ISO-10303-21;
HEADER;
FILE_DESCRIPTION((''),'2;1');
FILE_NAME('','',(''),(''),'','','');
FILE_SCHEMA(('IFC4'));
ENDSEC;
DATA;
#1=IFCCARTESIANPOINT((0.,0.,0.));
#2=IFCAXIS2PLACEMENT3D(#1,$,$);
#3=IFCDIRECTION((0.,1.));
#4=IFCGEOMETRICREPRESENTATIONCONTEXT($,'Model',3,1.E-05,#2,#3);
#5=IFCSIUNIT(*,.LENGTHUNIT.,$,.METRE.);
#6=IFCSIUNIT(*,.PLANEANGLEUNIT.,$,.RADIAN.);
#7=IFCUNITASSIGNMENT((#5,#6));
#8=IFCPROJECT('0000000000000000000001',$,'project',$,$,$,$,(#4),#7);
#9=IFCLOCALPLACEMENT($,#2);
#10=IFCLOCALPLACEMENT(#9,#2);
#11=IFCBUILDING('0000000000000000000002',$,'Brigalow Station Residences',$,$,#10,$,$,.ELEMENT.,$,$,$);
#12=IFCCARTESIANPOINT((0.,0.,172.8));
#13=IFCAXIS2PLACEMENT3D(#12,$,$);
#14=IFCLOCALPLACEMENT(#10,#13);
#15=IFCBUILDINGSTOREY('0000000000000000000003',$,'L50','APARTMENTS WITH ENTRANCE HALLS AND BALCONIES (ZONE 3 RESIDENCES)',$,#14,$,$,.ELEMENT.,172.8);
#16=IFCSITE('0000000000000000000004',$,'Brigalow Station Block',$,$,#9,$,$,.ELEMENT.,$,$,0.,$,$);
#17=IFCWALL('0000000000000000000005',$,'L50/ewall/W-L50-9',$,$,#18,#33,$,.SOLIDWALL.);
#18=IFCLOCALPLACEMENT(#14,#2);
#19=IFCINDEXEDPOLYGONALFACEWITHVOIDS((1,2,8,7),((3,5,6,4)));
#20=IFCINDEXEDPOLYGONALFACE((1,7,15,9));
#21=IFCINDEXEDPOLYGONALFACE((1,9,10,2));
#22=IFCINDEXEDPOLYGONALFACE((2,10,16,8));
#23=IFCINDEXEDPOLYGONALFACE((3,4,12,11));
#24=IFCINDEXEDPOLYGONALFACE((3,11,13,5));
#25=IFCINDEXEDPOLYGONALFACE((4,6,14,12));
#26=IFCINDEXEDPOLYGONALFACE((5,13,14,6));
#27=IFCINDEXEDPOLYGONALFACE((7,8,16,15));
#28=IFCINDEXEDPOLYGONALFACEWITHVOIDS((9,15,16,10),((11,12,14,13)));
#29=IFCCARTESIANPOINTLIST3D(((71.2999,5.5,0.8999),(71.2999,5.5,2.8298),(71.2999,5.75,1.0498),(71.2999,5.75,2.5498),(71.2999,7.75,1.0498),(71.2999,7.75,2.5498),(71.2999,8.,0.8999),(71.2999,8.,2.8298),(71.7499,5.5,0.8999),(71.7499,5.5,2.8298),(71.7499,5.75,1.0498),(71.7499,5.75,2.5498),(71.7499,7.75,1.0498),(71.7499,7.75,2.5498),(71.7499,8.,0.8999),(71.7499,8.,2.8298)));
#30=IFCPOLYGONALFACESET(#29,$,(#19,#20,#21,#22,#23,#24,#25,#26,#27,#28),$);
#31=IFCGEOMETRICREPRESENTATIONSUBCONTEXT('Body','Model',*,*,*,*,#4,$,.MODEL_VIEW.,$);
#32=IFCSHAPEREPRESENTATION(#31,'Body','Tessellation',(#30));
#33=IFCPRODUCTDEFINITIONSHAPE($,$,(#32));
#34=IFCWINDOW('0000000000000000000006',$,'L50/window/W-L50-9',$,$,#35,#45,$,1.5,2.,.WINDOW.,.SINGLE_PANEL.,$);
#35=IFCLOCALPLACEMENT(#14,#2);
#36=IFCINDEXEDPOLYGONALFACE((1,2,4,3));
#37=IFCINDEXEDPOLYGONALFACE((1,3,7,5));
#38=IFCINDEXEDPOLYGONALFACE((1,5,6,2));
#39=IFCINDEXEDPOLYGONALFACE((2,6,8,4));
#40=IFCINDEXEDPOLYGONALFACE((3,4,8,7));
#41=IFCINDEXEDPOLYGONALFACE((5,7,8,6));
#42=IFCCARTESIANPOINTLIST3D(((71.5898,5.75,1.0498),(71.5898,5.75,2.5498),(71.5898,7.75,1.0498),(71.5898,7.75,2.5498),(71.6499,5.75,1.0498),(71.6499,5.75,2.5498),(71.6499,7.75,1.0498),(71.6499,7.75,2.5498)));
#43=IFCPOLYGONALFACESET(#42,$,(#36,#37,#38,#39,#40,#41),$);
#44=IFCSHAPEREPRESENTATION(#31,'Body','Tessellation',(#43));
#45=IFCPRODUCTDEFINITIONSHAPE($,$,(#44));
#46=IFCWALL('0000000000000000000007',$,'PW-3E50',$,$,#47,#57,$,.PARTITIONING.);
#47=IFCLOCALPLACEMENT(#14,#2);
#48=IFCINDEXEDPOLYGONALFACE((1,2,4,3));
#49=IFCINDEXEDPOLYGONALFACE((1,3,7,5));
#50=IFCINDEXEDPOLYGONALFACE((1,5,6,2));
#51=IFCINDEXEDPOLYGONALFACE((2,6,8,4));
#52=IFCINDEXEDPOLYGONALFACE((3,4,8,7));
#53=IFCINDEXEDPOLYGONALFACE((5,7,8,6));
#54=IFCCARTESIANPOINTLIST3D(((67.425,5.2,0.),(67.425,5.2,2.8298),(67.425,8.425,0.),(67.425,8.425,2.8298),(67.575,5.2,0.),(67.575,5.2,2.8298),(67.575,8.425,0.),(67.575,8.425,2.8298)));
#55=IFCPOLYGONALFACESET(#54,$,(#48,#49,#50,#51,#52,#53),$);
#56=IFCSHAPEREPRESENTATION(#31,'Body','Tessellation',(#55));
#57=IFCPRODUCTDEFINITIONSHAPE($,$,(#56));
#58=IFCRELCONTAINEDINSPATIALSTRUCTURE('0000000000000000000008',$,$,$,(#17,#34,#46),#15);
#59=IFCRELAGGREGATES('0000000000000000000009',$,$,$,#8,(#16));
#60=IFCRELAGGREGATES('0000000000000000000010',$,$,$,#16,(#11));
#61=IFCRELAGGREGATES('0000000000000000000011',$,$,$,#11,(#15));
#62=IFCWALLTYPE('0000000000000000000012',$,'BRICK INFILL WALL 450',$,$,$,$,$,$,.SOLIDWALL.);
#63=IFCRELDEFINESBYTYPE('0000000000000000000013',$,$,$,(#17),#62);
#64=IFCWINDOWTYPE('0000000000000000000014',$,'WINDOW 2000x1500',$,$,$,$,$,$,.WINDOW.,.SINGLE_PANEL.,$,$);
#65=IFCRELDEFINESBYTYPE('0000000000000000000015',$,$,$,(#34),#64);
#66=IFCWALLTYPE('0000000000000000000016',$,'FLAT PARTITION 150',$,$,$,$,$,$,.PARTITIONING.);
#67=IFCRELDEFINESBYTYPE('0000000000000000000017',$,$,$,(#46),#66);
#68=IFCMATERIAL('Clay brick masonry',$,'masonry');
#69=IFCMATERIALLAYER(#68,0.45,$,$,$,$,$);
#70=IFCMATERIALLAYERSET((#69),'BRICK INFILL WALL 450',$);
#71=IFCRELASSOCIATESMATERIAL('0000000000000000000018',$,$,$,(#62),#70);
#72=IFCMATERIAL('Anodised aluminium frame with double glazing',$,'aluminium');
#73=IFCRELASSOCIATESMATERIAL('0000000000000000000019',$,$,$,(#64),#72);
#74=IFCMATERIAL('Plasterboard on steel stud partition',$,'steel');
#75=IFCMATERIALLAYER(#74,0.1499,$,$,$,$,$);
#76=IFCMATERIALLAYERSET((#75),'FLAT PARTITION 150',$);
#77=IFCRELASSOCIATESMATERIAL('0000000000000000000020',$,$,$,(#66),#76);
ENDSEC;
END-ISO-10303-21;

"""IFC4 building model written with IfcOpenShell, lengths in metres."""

from ifc_helpers import new_model, si_unit, direction, frame, frame_2d, origin, place, context, subcontext, project, spatial, rectangle, extrude, material, layer, layer_set, type_object, element, fill, save


model = new_model("IFC4")

# Units and contexts
model_context = context("Model", 3, precision=1e-05, world=origin(), true_north=direction((0.0, 1.0)))
body_context = subcontext(model_context, "Body", "Model", "MODEL_VIEW")
ifc_project = project(units=[si_unit("LENGTHUNIT", "METRE"), si_unit("PLANEANGLEUNIT", "RADIAN")], contexts=[model_context])

# Site, building, storey
site_placement = place(None, origin())
site = spatial("IfcSite", under=ifc_project, at=site_placement, Name="Brigalow Station Block", CompositionType="ELEMENT", RefElevation=0.0)
building_placement = place(site_placement, origin())
building = spatial("IfcBuilding", under=site, at=building_placement, Name="Brigalow Station Residences", CompositionType="ELEMENT")
storey_placement = place(building_placement, frame((0.0, 0.0, 172.8)))
storey = spatial("IfcBuildingStorey", under=building, at=storey_placement, Name="L50", Description="APARTMENTS WITH ENTRANCE HALLS AND BALCONIES (ZONE 3 RESIDENCES)", CompositionType="ELEMENT", Elevation=172.8)

# Wall, opening, window
ifc_material_1 = material(Name="Clay brick masonry", Category="masonry")
ifc_layer_1 = layer(ifc_material_1, 0.45)
ifc_layer_set_1 = layer_set([ifc_layer_1], Name="BRICK INFILL WALL 450")
wall_type_1 = type_object("IfcWallType", Name="BRICK INFILL WALL 450", PredefinedType="SOLIDWALL", material=ifc_layer_set_1)
wall_1_placement = place(storey_placement, frame((71.5249, 5.5, 0.8999), z_axis=(0.0, 0.0, 1.0), x_axis=(0.0, 1.0, 0.0)))
wall_1 = element("IfcWall", 1, at=wall_1_placement, inside=storey, type_object=wall_type_1, Name="L50/ewall/W-L50-9", PredefinedType="SOLIDWALL", context=body_context, shape_type="SweptSolid", body=[
    extrude(rectangle(XDim=2.5, YDim=0.45, at=frame_2d((1.25, 0.0))), origin(), (0.0, 0.0, 1.0), 1.9299),
])
opening_1_placement = place(wall_1_placement, frame((0.25, 0.0, 0.1499)))
opening_1 = element("IfcOpeningElement", 2, at=opening_1_placement, cuts=wall_1, PredefinedType="OPENING", context=body_context, shape_type="SweptSolid", body=[
    extrude(rectangle(XDim=2.0, YDim=1.5, at=frame_2d((1.0, 0.75))), frame((0.0, 0.2349, 0.0), z_axis=(0.0, -1.0, 0.0), x_axis=(1.0, 0.0, 0.0)), (0.0, 0.0, 1.0), 0.47),
])
ifc_material_2 = material(Name="Anodised aluminium frame with double glazing", Category="aluminium")
window_type_1 = type_object("IfcWindowType", Name="WINDOW 2000x1500", PartitioningType="SINGLE_PANEL", PredefinedType="WINDOW", material=ifc_material_2)
window_1_placement = place(opening_1_placement, origin())
window_1 = element("IfcWindow", 3, at=window_1_placement, inside=storey, type_object=window_type_1, Name="L50/window/W-L50-9", OverallHeight=1.5, OverallWidth=2.0, PartitioningType="SINGLE_PANEL", PredefinedType="WINDOW", context=body_context, shape_type="SweptSolid", body=[
    extrude(rectangle(XDim=2.0, YDim=1.5, at=frame_2d((1.0, 0.75))), frame((0.0, -0.0649, 0.0), z_axis=(0.0, -1.0, 0.0), x_axis=(1.0, 0.0, 0.0)), (0.0, 0.0, 1.0), 0.0601),
])
fill(opening_1, window_1)

# Wall
ifc_material_3 = material(Name="Plasterboard on steel stud partition", Category="steel")
ifc_layer_2 = layer(ifc_material_3, 0.1499)
ifc_layer_set_2 = layer_set([ifc_layer_2], Name="FLAT PARTITION 150")
wall_type_2 = type_object("IfcWallType", Name="FLAT PARTITION 150", PredefinedType="PARTITIONING", material=ifc_layer_set_2)
wall_2_placement = place(storey_placement, frame((67.5, 5.2, 0.0), z_axis=(0.0, 0.0, 1.0), x_axis=(0.0, 1.0, 0.0)))
element("IfcWall", 4, at=wall_2_placement, inside=storey, type_object=wall_type_2, Name="PW-3E50", PredefinedType="PARTITIONING", context=body_context, shape_type="SweptSolid", body=[
    extrude(rectangle(XDim=3.2251, YDim=0.1499, at=frame_2d((1.6125, 0.0))), origin(), (0.0, 0.0, 1.0), 2.8298),
])

save(model, "model.ifc")
